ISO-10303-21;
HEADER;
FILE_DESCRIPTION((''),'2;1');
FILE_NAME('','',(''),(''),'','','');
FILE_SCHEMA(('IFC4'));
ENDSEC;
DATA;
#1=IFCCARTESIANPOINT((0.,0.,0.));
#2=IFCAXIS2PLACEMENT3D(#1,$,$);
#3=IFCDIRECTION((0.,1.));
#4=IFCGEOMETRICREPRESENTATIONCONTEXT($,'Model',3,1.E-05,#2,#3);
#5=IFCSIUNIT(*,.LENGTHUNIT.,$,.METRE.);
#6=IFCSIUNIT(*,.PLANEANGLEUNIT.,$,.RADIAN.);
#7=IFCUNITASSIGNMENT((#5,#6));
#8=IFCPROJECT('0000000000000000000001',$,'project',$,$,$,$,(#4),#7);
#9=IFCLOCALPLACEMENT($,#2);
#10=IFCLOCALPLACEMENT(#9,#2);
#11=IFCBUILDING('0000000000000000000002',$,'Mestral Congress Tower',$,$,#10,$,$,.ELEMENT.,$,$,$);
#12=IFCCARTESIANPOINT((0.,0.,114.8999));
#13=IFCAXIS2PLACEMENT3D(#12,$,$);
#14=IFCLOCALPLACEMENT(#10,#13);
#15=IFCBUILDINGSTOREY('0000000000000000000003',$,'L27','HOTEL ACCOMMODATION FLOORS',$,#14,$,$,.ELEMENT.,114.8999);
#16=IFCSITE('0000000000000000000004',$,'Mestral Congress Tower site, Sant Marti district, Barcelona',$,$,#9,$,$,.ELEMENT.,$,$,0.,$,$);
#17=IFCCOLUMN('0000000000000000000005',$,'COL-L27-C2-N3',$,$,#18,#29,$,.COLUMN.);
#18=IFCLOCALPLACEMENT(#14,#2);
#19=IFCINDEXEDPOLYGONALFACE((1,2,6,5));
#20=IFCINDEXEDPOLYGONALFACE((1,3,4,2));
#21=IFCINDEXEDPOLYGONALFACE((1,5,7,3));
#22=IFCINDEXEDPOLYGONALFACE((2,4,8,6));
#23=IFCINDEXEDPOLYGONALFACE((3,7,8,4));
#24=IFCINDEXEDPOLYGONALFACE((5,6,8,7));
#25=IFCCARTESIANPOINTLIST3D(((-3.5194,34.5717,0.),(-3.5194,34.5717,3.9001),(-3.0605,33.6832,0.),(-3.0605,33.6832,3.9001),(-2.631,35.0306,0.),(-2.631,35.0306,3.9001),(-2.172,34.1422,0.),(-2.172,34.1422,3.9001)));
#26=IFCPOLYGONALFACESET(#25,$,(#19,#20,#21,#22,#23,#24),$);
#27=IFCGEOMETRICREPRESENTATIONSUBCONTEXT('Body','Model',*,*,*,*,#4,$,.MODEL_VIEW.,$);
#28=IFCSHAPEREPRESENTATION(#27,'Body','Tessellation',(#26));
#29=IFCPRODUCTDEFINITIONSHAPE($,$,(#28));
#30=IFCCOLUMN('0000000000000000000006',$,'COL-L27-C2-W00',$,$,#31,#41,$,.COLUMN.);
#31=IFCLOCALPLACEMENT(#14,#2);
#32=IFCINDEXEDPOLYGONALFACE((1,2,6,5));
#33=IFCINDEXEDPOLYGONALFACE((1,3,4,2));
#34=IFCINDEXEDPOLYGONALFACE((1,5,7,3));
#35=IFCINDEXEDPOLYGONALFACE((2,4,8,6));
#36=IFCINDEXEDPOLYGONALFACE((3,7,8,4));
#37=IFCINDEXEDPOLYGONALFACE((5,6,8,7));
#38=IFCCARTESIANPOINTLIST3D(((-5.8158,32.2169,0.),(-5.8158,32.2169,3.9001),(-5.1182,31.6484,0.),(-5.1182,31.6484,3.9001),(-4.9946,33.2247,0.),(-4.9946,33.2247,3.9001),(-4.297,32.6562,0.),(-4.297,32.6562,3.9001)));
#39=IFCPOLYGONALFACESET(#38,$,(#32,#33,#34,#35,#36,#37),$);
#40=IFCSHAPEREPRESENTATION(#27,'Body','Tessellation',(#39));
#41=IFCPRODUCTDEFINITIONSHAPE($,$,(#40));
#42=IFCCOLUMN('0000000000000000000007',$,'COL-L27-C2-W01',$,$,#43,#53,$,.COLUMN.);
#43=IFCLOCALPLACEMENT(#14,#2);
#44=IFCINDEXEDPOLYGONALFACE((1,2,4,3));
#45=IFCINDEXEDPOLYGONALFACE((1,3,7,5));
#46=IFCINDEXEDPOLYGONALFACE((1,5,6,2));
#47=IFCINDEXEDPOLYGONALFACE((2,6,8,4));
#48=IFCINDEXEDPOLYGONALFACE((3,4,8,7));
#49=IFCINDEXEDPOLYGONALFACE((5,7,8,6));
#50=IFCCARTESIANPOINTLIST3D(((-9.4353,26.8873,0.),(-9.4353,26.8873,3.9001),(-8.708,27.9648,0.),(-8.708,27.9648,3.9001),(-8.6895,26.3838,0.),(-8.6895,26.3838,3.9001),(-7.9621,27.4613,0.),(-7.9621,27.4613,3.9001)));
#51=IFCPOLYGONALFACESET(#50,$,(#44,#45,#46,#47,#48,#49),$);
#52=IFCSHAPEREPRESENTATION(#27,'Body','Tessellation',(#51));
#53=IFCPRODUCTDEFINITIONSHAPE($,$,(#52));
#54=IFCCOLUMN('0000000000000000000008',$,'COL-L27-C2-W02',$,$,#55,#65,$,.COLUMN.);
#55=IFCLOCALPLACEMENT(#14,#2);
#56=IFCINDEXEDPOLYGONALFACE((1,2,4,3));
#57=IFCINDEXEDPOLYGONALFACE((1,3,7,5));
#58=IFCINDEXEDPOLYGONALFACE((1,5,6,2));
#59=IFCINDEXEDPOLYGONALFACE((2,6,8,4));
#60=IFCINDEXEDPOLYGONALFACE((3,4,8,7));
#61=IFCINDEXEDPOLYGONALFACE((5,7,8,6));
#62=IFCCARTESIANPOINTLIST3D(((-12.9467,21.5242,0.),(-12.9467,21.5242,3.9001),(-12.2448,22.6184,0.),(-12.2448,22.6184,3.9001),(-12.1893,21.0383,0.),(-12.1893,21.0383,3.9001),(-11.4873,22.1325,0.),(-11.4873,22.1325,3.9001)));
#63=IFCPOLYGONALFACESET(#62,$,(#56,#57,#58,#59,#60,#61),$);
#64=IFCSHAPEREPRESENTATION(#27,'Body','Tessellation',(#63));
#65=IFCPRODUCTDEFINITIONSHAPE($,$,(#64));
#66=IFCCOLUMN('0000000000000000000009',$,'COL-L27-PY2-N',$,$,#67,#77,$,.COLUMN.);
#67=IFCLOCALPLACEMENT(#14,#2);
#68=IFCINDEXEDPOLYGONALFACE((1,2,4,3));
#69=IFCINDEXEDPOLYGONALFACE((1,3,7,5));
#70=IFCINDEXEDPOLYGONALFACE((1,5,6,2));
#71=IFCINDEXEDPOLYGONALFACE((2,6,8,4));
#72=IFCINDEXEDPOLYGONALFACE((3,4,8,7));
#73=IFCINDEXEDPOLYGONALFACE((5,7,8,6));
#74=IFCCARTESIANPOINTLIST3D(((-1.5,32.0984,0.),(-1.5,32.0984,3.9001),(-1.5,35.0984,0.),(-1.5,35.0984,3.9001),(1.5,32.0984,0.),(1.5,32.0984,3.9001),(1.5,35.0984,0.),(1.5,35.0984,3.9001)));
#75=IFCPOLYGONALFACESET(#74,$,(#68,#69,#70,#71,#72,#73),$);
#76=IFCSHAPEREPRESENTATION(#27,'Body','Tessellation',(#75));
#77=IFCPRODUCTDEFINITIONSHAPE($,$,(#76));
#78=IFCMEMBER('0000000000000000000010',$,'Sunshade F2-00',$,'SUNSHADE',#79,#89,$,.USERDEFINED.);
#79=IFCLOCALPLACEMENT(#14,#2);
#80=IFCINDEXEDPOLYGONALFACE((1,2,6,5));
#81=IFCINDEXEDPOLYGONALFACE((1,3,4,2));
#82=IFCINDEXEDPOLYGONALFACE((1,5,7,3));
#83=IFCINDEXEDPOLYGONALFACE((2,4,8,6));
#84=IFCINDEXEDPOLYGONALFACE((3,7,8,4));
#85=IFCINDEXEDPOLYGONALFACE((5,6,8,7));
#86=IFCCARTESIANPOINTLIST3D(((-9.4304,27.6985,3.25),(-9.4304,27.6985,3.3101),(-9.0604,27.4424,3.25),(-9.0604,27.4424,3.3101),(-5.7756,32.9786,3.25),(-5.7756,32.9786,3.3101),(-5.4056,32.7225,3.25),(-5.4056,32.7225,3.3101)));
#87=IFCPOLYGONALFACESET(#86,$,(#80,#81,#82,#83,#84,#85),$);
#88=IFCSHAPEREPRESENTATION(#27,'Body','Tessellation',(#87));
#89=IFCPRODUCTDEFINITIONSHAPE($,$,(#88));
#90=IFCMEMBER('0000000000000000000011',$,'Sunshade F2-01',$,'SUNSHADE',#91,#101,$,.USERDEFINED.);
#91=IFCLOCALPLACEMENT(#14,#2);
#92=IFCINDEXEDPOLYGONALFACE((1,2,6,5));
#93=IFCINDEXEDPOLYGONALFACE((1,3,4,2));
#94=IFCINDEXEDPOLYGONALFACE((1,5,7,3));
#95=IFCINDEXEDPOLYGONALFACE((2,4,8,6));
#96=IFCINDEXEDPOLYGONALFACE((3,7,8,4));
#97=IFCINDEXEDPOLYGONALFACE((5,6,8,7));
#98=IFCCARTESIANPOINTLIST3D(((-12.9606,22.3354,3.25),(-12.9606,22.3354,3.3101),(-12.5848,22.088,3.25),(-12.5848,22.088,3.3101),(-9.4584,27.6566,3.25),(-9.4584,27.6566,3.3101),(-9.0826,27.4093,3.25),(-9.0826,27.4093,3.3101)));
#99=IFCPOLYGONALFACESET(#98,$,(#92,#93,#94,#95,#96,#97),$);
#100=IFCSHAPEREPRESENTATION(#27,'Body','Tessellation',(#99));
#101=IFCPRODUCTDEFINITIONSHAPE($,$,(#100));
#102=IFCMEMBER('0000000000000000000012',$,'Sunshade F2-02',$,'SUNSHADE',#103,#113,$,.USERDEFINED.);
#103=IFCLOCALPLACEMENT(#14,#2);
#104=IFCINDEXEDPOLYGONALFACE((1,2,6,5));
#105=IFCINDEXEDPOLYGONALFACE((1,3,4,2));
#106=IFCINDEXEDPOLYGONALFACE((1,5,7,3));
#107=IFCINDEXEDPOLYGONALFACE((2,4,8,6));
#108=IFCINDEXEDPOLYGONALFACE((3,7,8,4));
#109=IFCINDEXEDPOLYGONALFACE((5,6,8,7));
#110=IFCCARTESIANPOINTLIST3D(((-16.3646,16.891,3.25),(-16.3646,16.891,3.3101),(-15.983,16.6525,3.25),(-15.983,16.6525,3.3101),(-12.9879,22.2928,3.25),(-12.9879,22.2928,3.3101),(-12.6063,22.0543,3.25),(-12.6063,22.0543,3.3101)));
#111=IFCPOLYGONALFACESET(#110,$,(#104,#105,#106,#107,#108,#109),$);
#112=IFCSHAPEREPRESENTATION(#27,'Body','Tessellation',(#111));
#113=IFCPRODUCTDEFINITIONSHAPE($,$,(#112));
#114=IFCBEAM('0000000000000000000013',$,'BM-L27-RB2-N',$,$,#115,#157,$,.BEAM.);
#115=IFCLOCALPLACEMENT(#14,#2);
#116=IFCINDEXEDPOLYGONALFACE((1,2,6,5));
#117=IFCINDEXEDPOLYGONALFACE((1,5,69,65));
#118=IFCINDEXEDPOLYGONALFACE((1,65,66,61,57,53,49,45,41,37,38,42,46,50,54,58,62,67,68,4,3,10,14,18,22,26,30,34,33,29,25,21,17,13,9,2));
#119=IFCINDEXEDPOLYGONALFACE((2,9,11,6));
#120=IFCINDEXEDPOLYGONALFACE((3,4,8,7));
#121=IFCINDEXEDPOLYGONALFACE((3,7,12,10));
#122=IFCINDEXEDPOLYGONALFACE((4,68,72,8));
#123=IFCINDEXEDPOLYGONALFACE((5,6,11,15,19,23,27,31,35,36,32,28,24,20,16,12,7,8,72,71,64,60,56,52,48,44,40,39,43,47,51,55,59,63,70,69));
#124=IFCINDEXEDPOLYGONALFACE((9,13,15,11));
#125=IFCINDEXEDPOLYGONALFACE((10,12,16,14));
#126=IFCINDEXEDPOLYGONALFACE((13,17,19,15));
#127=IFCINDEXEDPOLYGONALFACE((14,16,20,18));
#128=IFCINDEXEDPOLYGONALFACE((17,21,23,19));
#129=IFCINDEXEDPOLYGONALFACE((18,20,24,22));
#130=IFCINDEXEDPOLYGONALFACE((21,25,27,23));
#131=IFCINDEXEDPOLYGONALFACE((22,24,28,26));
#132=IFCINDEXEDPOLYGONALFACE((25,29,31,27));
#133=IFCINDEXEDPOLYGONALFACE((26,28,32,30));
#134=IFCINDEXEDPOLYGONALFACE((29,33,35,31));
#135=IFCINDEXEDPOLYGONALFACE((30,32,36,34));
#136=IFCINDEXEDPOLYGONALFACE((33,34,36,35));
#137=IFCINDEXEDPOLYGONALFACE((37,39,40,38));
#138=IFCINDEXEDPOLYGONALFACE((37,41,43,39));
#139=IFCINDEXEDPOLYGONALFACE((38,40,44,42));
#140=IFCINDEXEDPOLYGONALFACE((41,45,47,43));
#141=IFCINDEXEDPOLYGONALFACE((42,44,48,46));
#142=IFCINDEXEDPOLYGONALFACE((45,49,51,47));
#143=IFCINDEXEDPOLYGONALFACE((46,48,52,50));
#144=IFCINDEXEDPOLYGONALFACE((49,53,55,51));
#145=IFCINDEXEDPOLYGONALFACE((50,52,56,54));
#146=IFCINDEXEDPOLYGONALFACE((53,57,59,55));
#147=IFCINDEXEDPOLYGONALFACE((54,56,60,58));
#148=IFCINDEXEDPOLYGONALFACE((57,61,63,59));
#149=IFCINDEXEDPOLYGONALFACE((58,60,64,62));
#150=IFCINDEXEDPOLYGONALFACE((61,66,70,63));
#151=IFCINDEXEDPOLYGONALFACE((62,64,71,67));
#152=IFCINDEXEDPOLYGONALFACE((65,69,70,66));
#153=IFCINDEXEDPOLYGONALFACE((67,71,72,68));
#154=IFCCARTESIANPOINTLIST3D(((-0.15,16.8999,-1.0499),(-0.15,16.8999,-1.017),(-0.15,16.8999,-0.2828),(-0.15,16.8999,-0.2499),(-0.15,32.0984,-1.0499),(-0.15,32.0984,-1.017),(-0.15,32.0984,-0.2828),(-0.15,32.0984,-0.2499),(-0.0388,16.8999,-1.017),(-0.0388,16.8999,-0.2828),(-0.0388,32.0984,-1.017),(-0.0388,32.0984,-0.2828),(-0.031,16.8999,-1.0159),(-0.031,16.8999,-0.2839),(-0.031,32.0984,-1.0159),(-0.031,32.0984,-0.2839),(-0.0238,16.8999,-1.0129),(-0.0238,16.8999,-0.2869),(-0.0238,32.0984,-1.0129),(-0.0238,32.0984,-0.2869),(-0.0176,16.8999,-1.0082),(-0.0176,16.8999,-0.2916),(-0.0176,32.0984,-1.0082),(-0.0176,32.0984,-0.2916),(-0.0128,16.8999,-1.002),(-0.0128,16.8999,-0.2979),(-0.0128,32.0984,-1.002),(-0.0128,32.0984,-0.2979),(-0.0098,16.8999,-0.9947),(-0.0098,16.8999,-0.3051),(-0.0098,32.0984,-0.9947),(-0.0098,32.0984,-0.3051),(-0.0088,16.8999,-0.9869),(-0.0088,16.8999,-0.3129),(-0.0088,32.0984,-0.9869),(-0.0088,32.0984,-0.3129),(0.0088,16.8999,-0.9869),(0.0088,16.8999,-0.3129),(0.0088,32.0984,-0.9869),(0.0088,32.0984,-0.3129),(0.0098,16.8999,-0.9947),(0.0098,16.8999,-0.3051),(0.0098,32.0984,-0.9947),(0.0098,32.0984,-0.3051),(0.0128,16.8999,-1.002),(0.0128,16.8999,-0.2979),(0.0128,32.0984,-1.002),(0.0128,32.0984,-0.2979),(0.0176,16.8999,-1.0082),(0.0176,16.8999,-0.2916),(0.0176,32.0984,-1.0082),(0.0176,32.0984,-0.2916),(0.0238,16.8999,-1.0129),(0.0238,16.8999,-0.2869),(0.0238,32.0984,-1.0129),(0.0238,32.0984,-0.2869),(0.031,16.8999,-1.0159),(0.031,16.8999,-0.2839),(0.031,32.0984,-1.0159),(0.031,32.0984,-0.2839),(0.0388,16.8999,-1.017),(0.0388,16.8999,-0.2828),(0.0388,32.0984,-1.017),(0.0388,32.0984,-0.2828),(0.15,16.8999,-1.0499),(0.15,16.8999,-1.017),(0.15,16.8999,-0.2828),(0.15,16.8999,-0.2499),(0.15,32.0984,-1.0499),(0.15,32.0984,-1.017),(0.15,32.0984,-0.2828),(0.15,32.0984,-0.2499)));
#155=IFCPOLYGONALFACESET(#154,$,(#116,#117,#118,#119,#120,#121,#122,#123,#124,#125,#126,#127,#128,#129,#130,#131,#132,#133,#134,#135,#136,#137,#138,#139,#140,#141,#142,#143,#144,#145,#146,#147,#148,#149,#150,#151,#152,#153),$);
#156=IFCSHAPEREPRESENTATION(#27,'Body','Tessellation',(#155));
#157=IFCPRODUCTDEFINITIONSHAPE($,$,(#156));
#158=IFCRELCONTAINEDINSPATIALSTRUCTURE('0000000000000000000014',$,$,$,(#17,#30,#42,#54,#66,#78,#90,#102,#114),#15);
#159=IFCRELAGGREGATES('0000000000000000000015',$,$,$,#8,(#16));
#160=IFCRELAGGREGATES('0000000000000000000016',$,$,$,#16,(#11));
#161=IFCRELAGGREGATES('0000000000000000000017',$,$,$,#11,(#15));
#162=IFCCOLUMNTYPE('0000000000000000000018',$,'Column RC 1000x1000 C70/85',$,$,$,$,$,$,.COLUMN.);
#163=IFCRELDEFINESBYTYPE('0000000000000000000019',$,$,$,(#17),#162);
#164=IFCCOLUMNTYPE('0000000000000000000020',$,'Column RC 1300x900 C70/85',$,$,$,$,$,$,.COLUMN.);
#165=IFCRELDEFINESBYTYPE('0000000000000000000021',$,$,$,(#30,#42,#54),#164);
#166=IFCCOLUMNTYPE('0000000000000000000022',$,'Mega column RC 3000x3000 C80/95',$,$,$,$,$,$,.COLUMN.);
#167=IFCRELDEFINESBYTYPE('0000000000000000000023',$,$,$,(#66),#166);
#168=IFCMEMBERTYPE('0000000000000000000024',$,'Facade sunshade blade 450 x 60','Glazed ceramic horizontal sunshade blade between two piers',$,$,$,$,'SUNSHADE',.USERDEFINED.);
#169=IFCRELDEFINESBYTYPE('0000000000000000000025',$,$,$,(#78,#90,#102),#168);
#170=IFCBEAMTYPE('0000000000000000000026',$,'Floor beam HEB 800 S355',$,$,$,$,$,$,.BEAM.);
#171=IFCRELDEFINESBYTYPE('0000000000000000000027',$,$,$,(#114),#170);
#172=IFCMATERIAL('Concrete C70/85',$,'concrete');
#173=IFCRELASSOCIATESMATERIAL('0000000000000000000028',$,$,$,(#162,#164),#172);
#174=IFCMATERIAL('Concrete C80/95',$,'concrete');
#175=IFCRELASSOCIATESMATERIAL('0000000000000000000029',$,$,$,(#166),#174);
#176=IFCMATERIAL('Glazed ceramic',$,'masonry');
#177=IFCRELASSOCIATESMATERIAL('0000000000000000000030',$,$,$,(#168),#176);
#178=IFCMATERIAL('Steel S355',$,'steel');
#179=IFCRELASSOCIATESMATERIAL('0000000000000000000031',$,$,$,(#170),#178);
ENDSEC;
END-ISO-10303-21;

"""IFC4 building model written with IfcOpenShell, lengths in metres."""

from ifc_helpers import new_model, si_unit, direction, frame, origin, origin_2d, place, context, subcontext, project, spatial, rectangle, i_section, extrude, material, material_profile, profile_set, type_object, element, save


model = new_model("IFC4")

# Units and contexts
model_context = context("Model", 3, precision=1e-05, world=origin(), true_north=direction((0.0, 1.0)))
body_context = subcontext(model_context, "Body", "Model", "MODEL_VIEW")
ifc_project = project(units=[si_unit("LENGTHUNIT", "METRE"), si_unit("PLANEANGLEUNIT", "RADIAN")], contexts=[model_context])

# Site, building, storey
site_placement = place(None, origin())
site = spatial("IfcSite", under=ifc_project, at=site_placement, Name="Mestral Congress Tower site, Sant Marti district, Barcelona", CompositionType="ELEMENT", RefElevation=0.0)
building_placement = place(site_placement, origin())
building = spatial("IfcBuilding", under=site, at=building_placement, Name="Mestral Congress Tower", CompositionType="ELEMENT")
storey_placement = place(building_placement, frame((0.0, 0.0, 114.8999)))
storey = spatial("IfcBuildingStorey", under=building, at=storey_placement, Name="L27", Description="HOTEL ACCOMMODATION FLOORS", CompositionType="ELEMENT", Elevation=114.8999)

# Columns
ifc_material_1 = material(Name="Concrete C70/85", Category="concrete")
ifc_material_profile_1 = material_profile(ifc_material_1, rectangle(XDim=1.0, YDim=1.0, at=origin_2d()), Name="RC 1000x1000")
ifc_profile_set_1 = profile_set([ifc_material_profile_1], Name="Concrete C70/85")
column_type_1 = type_object("IfcColumnType", Name="Column RC 1000x1000 C70/85", PredefinedType="COLUMN", material=ifc_profile_set_1)
column_1_placement = place(storey_placement, frame((-2.8457, 34.3569, 0.0), z_axis=(0.0, 0.0, 1.0), x_axis=(-0.888456, -0.458961, 0.0)))
element("IfcColumn", 1, at=column_1_placement, inside=storey, type_object=column_type_1, Name="COL-L27-C2-N3", PredefinedType="COLUMN", context=body_context, shape_type="SweptSolid", body=[
    extrude(rectangle(XDim=1.0, YDim=1.0, at=origin_2d()), origin(), (0.0, 0.0, 1.0), 3.9001),
])
ifc_material_profile_2 = material_profile(ifc_material_1, rectangle(XDim=1.3, YDim=0.8999, at=origin_2d()), Name="RC 1300x900")
ifc_profile_set_2 = profile_set([ifc_material_profile_2], Name="Concrete C70/85")
column_type_2 = type_object("IfcColumnType", Name="Column RC 1300x900 C70/85", PredefinedType="COLUMN", material=ifc_profile_set_2)
for number, where, z_axis, x_axis, name in (
    (2, (-5.0564, 32.4365, 0.0), (0.0, 0.0, 1.0), (-0.631709, -0.775206, 0.0), "COL-L27-C2-W00"),
    (3, (-8.6987, 27.1743, 0.0), (0.0, 0.0, 1.0), (-0.559479, -0.828844, 0.0), "COL-L27-C2-W01"),
    (4, (-12.217, 21.8284, 0.0), (0.0, 0.0, 1.0), (-0.539945, -0.8417, 0.0), "COL-L27-C2-W02"),
):
    element("IfcColumn", number, at=place(storey_placement, frame(where, z_axis=z_axis, x_axis=x_axis)), inside=storey, type_object=column_type_2, Name=name, PredefinedType="COLUMN", context=body_context, shape_type="SweptSolid", body=[
        extrude(rectangle(XDim=1.3, YDim=0.8999, at=origin_2d()), origin(), (0.0, 0.0, 1.0), 3.9001),
    ])
ifc_material_2 = material(Name="Concrete C80/95", Category="concrete")
ifc_material_profile_3 = material_profile(ifc_material_2, rectangle(XDim=3.0, YDim=3.0, at=origin_2d()), Name="RC 3000x3000")
ifc_profile_set_3 = profile_set([ifc_material_profile_3], Name="Concrete C80/95")
column_type_3 = type_object("IfcColumnType", Name="Mega column RC 3000x3000 C80/95", PredefinedType="COLUMN", material=ifc_profile_set_3)
column_2_placement = place(storey_placement, frame((0.0, 33.5984, 0.0), z_axis=(0.0, 0.0, 1.0), x_axis=(0.0, 1.0, 0.0)))
element("IfcColumn", 5, at=column_2_placement, inside=storey, type_object=column_type_3, Name="COL-L27-PY2-N", PredefinedType="COLUMN", context=body_context, shape_type="SweptSolid", body=[
    extrude(rectangle(XDim=3.0, YDim=3.0, at=origin_2d()), origin(), (0.0, 0.0, 1.0), 3.9001),
])

# Members
ifc_material_3 = material(Name="Glazed ceramic", Category="masonry")
ifc_material_profile_4 = material_profile(ifc_material_3, rectangle(XDim=0.45, YDim=0.0601, at=origin_2d()), Name="Ceramic blade 450 x 60")
ifc_profile_set_4 = profile_set([ifc_material_profile_4], Name="Glazed ceramic")
member_type = type_object("IfcMemberType", Name="Facade sunshade blade 450 x 60", Description="Glazed ceramic horizontal sunshade blade between two piers", ElementType="SUNSHADE", PredefinedType="USERDEFINED", material=ifc_profile_set_4)
member_placement = place(storey_placement, frame((-5.5906, 32.8506, 3.28), z_axis=(-0.569145, -0.822237, 0.0), x_axis=(0.822237, -0.569145, 0.0)))
element("IfcMember", 6, at=member_placement, inside=storey, type_object=member_type, Name="Sunshade F2-00", ObjectType="SUNSHADE", PredefinedType="USERDEFINED", context=body_context, shape_type="SweptSolid", body=[
    extrude(rectangle(XDim=0.45, YDim=0.0601, at=origin_2d()), origin(), (0.0, 0.0, 1.0), 6.4216),
])
for number, where, z_axis, x_axis, name in (
    (7, (-9.2705, 27.533, 3.28), (-0.549764, -0.83532, 0.0), (0.83532, -0.549764, 0.0), "Sunshade F2-01"),
    (8, (-12.7971, 22.1736, 3.28), (-0.530061, -0.84796, 0.0), (0.84796, -0.530061, 0.0), "Sunshade F2-02"),
):
    element("IfcMember", number, at=place(storey_placement, frame(where, z_axis=z_axis, x_axis=x_axis)), inside=storey, type_object=member_type, Name=name, ObjectType="SUNSHADE", PredefinedType="USERDEFINED", context=body_context, shape_type="SweptSolid", body=[
        extrude(rectangle(XDim=0.45, YDim=0.0601, at=origin_2d()), origin(), (0.0, 0.0, 1.0), 6.3704),
    ])

# Beam
ifc_material_4 = material(Name="Steel S355", Category="steel")
ifc_material_profile_5 = material_profile(ifc_material_4, i_section(OverallWidth=0.3, OverallDepth=0.8, WebThickness=0.0176, FlangeThickness=0.033, FilletRadius=0.03, at=origin_2d()), Name="HEB 800")
ifc_profile_set_5 = profile_set([ifc_material_profile_5], Name="Steel S355")
beam_type_1 = type_object("IfcBeamType", Name="Floor beam HEB 800 S355", PredefinedType="BEAM", material=ifc_profile_set_5)
beam_1_placement = place(storey_placement, frame((0.0, 32.0984, -0.6499), z_axis=(0.0, -1.0, 0.0), x_axis=(1.0, 0.0, 0.0)))
element("IfcBeam", 9, at=beam_1_placement, inside=storey, type_object=beam_type_1, Name="BM-L27-RB2-N", PredefinedType="BEAM", context=body_context, shape_type="SweptSolid", body=[
    extrude(i_section(OverallWidth=0.3, OverallDepth=0.8, WebThickness=0.0176, FlangeThickness=0.033, FilletRadius=0.03, at=origin_2d()), origin(), (0.0, 0.0, 1.0), 15.1985),
])

save(model, "model.ifc")
